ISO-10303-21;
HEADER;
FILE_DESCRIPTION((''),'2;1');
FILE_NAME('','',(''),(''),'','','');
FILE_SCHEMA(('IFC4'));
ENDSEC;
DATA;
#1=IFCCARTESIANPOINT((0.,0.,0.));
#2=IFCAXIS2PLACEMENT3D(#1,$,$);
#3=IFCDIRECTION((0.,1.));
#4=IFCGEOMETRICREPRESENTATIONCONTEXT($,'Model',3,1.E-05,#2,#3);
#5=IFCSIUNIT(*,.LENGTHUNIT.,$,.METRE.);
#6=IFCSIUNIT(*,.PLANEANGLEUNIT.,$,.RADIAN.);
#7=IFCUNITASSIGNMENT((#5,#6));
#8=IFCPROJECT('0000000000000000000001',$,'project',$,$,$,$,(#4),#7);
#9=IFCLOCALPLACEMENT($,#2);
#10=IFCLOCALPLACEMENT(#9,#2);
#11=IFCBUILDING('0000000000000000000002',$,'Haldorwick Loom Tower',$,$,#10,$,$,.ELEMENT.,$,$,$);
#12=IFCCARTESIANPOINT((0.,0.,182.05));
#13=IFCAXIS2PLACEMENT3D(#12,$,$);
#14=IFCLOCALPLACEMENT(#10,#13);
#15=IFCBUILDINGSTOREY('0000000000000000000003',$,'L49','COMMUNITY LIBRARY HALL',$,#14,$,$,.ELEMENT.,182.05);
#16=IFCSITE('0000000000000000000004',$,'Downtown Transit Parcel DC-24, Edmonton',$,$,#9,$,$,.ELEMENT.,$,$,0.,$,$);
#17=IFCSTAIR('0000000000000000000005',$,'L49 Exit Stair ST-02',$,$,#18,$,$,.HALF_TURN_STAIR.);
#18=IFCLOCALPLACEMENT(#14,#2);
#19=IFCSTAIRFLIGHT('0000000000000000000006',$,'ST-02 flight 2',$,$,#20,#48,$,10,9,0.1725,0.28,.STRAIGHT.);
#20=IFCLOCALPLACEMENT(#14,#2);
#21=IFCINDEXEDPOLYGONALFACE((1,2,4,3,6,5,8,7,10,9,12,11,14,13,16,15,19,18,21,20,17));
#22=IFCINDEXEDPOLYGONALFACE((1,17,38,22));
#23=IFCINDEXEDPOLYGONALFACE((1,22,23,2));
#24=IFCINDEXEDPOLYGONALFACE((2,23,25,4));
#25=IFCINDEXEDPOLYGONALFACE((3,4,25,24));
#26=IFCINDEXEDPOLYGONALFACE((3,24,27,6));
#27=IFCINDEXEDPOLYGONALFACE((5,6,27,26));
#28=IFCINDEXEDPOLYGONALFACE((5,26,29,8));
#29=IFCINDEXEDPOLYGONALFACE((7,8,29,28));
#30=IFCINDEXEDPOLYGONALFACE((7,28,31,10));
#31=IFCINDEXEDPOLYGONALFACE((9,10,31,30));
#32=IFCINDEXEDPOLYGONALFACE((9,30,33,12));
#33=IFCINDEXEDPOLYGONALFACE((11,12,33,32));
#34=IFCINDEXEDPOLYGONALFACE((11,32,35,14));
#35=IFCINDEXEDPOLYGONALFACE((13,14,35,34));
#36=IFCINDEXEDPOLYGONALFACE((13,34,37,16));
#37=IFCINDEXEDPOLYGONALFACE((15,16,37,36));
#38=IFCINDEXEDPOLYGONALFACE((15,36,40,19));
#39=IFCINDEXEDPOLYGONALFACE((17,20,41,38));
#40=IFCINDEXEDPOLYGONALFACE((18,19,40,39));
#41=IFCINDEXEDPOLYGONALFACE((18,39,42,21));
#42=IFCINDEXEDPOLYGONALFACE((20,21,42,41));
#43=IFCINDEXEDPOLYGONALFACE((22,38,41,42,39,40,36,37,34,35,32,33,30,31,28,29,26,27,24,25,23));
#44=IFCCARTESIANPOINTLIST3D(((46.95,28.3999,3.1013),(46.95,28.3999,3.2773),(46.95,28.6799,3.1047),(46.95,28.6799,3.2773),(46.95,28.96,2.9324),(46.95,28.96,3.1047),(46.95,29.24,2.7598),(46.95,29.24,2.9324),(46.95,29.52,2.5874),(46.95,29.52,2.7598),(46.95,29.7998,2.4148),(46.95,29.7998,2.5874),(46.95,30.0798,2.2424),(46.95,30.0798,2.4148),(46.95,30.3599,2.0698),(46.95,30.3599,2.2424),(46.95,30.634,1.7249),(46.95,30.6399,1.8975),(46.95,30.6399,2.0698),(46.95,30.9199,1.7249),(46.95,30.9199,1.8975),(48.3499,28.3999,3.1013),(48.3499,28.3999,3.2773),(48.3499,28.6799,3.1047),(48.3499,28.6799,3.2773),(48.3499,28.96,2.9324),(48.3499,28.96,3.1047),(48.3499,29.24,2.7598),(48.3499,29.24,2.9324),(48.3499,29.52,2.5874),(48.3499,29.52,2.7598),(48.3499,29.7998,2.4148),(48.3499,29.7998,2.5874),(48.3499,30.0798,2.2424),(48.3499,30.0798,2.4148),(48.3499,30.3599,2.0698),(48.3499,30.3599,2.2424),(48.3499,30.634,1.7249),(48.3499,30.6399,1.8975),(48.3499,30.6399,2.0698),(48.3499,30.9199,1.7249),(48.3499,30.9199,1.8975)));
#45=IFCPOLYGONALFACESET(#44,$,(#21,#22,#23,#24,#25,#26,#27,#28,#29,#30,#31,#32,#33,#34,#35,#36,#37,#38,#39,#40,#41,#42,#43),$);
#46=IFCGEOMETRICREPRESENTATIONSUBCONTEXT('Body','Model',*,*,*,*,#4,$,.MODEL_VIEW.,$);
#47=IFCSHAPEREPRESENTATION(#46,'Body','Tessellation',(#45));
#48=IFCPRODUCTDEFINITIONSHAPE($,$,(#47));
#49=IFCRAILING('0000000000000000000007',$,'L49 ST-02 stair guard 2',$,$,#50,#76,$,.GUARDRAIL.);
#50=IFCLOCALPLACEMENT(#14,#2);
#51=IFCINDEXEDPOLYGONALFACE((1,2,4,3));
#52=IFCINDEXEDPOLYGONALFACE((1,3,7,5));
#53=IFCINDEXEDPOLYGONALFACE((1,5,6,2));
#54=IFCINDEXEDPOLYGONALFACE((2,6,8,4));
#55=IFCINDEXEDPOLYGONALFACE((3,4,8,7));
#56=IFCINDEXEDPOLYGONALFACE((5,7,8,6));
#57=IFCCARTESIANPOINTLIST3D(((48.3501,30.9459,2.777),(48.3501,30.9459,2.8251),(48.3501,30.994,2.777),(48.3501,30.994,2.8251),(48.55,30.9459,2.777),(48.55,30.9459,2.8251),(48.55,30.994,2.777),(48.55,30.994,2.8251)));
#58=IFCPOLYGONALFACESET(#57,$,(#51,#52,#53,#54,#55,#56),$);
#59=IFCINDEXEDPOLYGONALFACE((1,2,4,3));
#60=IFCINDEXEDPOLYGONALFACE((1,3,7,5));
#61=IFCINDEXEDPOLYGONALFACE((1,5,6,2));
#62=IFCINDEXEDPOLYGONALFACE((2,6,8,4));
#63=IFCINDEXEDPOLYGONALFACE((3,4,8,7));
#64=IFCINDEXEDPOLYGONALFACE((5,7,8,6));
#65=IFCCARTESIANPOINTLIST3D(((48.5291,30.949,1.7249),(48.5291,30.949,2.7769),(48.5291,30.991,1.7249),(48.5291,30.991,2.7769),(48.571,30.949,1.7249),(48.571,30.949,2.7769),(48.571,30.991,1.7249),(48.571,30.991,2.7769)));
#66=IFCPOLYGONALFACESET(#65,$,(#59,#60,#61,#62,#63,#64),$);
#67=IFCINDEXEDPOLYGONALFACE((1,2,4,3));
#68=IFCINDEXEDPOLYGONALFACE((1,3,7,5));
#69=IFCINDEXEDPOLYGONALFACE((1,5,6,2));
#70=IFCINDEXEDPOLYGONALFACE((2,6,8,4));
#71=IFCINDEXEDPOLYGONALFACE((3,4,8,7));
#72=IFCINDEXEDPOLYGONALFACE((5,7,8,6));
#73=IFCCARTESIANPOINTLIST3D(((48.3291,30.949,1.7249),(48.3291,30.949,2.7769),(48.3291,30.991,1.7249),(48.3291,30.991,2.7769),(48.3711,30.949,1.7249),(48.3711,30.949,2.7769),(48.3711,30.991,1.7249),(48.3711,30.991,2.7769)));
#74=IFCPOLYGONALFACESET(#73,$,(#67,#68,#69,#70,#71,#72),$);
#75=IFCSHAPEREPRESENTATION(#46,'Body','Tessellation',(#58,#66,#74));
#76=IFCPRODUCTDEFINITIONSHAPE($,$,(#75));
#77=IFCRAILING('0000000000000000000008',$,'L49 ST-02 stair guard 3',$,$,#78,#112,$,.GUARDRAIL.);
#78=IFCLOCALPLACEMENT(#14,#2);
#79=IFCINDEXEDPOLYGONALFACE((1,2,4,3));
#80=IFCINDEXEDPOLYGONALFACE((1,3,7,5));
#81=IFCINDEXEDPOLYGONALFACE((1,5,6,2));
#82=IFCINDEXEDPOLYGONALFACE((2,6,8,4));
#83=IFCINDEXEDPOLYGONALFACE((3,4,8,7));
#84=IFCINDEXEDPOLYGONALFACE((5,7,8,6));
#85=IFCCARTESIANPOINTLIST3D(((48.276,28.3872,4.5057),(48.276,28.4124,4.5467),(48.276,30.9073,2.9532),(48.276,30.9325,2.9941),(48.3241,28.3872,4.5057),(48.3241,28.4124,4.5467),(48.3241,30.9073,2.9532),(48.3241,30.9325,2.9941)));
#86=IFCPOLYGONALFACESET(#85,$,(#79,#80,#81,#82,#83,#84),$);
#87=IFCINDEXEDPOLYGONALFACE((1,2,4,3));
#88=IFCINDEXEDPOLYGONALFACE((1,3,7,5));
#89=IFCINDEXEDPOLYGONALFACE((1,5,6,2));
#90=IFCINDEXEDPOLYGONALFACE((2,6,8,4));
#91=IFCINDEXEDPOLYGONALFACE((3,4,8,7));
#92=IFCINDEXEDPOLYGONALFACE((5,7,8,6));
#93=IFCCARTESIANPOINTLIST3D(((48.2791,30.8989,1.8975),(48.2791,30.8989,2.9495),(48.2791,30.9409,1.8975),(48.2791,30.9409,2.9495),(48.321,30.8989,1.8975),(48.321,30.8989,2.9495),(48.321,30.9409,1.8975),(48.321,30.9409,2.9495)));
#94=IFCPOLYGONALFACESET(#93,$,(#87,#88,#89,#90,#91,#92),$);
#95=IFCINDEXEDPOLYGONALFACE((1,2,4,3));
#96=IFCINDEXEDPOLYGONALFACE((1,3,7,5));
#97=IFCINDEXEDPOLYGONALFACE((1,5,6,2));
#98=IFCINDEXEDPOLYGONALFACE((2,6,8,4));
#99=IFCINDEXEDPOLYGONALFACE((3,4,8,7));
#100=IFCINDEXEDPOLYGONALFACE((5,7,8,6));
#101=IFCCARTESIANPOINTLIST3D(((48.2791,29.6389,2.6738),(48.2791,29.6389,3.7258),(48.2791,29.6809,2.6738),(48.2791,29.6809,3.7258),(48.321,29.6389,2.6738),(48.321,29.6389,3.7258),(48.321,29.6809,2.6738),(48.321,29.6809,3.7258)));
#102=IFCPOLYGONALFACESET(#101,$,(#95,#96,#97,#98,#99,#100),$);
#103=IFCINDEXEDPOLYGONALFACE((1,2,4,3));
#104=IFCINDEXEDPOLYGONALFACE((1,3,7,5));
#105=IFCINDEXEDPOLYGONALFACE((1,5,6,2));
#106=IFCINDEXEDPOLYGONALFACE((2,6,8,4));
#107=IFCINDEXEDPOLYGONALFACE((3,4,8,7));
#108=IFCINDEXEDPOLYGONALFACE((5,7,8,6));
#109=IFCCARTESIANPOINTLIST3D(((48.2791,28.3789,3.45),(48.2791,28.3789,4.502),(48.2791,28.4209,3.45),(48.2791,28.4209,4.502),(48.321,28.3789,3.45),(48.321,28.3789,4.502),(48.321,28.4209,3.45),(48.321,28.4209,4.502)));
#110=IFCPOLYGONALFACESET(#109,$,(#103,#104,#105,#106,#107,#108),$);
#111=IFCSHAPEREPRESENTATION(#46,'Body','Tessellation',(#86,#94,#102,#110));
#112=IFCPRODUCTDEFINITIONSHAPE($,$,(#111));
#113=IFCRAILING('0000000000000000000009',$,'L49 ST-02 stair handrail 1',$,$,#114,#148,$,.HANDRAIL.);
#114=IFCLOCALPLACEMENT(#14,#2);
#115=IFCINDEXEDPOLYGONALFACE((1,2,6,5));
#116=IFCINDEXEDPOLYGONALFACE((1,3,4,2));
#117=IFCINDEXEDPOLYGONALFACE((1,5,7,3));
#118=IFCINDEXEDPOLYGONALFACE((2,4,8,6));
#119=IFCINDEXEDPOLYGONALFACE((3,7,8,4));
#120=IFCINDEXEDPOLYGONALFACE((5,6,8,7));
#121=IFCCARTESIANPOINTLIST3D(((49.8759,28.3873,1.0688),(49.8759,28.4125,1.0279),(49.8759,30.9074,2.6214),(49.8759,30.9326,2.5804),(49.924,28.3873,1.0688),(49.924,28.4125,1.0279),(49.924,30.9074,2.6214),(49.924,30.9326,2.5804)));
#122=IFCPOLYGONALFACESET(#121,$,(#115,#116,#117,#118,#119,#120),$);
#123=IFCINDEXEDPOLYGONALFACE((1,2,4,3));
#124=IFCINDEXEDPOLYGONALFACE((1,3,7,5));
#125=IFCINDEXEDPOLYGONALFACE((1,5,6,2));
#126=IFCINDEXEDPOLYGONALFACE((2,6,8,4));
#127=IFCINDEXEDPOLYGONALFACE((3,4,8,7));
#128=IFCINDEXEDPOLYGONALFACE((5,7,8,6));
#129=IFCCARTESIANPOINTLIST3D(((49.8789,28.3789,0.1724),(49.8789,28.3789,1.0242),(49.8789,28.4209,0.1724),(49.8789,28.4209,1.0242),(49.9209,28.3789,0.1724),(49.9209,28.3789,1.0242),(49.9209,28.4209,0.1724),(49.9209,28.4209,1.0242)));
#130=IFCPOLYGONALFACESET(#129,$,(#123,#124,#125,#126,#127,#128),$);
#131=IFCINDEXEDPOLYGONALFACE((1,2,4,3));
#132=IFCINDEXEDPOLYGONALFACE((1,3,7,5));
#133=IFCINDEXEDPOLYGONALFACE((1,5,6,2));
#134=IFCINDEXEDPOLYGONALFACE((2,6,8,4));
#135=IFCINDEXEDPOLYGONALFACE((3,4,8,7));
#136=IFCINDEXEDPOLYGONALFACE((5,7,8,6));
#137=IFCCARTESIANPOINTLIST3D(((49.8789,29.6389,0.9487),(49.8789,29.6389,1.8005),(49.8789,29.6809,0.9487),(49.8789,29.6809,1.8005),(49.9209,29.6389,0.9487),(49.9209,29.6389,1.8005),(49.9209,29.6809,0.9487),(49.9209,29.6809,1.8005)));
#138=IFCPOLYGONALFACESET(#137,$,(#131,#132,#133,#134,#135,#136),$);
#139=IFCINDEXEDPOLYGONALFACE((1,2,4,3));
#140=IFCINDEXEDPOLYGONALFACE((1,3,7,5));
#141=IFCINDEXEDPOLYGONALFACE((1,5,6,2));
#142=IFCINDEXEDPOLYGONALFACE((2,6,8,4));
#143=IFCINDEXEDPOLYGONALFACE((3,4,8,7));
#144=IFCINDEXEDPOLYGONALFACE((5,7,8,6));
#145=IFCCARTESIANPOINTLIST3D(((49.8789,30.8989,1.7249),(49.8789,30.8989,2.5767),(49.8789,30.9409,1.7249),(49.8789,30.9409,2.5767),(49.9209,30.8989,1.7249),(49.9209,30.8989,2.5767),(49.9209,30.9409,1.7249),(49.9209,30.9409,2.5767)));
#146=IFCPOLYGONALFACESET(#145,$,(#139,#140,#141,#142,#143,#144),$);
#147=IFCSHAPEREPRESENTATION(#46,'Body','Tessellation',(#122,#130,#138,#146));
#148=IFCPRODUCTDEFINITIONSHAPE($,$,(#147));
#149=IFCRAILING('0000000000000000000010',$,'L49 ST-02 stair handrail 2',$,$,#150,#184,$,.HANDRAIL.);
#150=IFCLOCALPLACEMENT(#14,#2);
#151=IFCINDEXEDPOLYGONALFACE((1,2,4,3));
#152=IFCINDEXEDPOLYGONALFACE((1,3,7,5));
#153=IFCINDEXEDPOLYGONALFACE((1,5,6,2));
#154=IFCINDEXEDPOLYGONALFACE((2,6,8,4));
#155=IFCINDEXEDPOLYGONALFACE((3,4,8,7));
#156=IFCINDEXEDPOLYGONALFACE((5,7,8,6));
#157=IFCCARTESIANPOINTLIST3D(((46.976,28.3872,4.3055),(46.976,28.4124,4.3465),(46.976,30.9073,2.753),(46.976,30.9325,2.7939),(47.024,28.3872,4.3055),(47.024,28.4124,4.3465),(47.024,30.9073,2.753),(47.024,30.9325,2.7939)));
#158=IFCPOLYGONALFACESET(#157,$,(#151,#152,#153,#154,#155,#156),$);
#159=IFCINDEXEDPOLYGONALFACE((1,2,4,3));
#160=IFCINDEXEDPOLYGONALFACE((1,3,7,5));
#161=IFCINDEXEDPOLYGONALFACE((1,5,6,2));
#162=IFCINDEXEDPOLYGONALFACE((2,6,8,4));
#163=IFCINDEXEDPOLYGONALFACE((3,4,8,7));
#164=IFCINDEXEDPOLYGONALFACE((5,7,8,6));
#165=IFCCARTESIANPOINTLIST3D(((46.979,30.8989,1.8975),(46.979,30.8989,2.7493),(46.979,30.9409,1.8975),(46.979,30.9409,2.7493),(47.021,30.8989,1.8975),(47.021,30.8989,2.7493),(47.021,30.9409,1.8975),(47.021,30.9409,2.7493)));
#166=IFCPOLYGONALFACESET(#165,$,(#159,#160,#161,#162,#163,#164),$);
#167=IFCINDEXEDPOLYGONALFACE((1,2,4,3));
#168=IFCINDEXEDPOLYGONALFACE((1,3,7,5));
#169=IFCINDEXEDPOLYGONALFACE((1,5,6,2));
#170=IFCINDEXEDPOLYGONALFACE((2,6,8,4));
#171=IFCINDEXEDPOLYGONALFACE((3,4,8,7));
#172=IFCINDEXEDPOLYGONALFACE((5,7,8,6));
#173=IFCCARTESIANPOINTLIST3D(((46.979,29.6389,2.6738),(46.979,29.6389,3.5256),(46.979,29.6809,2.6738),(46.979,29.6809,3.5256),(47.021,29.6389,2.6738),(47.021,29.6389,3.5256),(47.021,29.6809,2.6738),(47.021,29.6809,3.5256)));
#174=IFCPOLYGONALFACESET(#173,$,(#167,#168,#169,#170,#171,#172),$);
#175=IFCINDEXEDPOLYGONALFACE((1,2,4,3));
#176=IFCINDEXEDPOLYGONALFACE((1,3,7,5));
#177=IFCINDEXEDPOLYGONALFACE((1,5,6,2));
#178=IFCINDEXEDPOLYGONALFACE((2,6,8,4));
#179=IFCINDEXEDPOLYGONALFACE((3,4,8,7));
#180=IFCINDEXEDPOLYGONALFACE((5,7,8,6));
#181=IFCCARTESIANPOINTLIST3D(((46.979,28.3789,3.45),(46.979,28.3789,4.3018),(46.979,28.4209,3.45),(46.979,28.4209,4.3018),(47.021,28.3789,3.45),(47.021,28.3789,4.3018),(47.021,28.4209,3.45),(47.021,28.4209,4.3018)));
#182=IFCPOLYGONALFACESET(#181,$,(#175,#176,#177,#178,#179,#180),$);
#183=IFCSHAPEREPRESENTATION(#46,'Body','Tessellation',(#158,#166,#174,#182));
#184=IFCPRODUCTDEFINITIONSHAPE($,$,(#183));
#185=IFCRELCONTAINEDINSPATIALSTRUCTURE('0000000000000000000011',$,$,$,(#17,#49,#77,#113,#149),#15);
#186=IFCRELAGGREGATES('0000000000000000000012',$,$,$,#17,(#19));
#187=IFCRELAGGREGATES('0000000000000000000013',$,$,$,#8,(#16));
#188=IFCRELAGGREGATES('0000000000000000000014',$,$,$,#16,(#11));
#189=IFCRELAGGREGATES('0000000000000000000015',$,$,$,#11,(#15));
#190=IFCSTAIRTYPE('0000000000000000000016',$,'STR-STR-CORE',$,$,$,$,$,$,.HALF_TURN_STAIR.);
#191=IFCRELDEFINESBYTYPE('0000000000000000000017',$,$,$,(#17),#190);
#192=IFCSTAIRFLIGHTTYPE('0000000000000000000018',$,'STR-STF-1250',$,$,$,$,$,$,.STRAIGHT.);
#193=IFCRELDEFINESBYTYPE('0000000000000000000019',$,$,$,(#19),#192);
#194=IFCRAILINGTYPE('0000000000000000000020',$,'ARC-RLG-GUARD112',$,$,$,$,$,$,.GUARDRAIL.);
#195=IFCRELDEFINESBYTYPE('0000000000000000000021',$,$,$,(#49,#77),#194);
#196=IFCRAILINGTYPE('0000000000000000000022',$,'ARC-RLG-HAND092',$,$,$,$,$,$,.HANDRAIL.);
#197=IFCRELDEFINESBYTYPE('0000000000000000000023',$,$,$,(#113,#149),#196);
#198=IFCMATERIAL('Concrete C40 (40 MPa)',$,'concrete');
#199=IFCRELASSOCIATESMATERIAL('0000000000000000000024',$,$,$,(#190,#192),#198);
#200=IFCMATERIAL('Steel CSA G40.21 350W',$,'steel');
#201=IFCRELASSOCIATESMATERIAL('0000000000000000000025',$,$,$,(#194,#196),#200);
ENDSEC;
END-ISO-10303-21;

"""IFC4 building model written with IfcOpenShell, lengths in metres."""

from ifc_helpers import new_model, si_unit, direction, frame, origin, origin_2d, place, context, subcontext, project, spatial, polyline, rectangle, outline, extrude, material, type_object, element, aggregate, save


model = new_model("IFC4")

# Units and contexts
model_context = context("Model", 3, precision=1e-05, world=origin(), true_north=direction((0.0, 1.0)))
body_context = subcontext(model_context, "Body", "Model", "MODEL_VIEW")
ifc_project = project(units=[si_unit("LENGTHUNIT", "METRE"), si_unit("PLANEANGLEUNIT", "RADIAN")], contexts=[model_context])

# Site, building, storey
site_placement = place(None, origin())
site = spatial("IfcSite", under=ifc_project, at=site_placement, Name="Downtown Transit Parcel DC-24, Edmonton", CompositionType="ELEMENT", RefElevation=0.0)
building_placement = place(site_placement, origin())
building = spatial("IfcBuilding", under=site, at=building_placement, Name="Haldorwick Loom Tower", CompositionType="ELEMENT")
storey_placement = place(building_placement, frame((0.0, 0.0, 182.05)))
storey = spatial("IfcBuildingStorey", under=building, at=storey_placement, Name="L49", Description="COMMUNITY LIBRARY HALL", CompositionType="ELEMENT", Elevation=182.05)

# Shared definitions
ifc_material_1 = material(Name="Steel CSA G40.21 350W", Category="steel")

# Stair, stair flight
ifc_material_2 = material(Name="Concrete C40 (40 MPa)", Category="concrete")
stair_type = type_object("IfcStairType", Name="STR-STR-CORE", PredefinedType="HALF_TURN_STAIR", material=ifc_material_2)
stair_placement = place(storey_placement, origin())
stair = element("IfcStair", 1, at=stair_placement, inside=storey, type_object=stair_type, Name="L49 Exit Stair ST-02", PredefinedType="HALF_TURN_STAIR")
stair_flight_type = type_object("IfcStairFlightType", Name="STR-STF-1250", PredefinedType="STRAIGHT", material=ifc_material_2)
stair_flight_placement = place(storey_placement, frame((47.6499, 30.9199, 1.7249), z_axis=(0.0, 0.0, 1.0), x_axis=(0.0, -1.0, 0.0)))
stair_flight = element("IfcStairFlight", 2, at=stair_flight_placement, type_object=stair_flight_type, Name="ST-02 flight 2", NumberOfRisers=10, NumberOfTreads=9, PredefinedType="STRAIGHT", RiserHeight=0.1725, TreadLength=0.28, context=body_context, shape_type="SweptSolid", body=[
    extrude(outline(polyline([(0.0, 0.0), (0.0, 0.1726), (0.28, 0.1726), (0.28, 0.345), (0.5601, 0.345), (0.5601, 0.5176), (0.8401, 0.5176), (0.8401, 0.6899), (1.1201, 0.6899), (1.1201, 0.8625), (1.3999, 0.8625), (1.3999, 1.0349), (1.6799, 1.0349), (1.6799, 1.2075), (1.96, 1.2075), (1.96, 1.3799), (2.24, 1.3799), (2.24, 1.5525), (2.52, 1.5525), (2.52, 1.7251), (2.52, 1.3765), (0.2859, 0.0), (0.0, 0.0)])), frame((0.0, 0.7, 0.0), z_axis=(0.0, -1.0, 0.0), x_axis=(1.0, 0.0, 0.0)), (0.0, 0.0, 1.0), 1.3999),
])
aggregate(stair, [stair_flight])

# Railings
railing_type_1 = type_object("IfcRailingType", Name="ARC-RLG-GUARD112", PredefinedType="GUARDRAIL", material=ifc_material_1)
railing_1_placement = place(storey_placement, frame((48.55, 30.97, 1.7249)))
element("IfcRailing", 3, at=railing_1_placement, inside=storey, type_object=railing_type_1, Name="L49 ST-02 stair guard 2", PredefinedType="GUARDRAIL", context=body_context, shape_type="SweptSolid", body=[
    extrude(rectangle(XDim=0.0481, YDim=0.0481, at=origin_2d()), frame((0.0, 0.0, 1.0762), z_axis=(-1.0, 0.0, 0.0), x_axis=(0.0, -1.0, 0.0)), (0.0, 0.0, 1.0), 0.2),
    extrude(rectangle(XDim=0.042, YDim=0.042, at=origin_2d()), origin(), (0.0, 0.0, 1.0), 1.052),
    extrude(rectangle(XDim=0.042, YDim=0.042, at=origin_2d()), frame((-0.2, 0.0, 0.0)), (0.0, 0.0, 1.0), 1.052),
])
railing_2_placement = place(storey_placement, frame((48.3, 30.9199, 1.8975)))
element("IfcRailing", 4, at=railing_2_placement, inside=storey, type_object=railing_type_1, Name="L49 ST-02 stair guard 3", PredefinedType="GUARDRAIL", context=body_context, shape_type="SweptSolid", body=[
    extrude(rectangle(XDim=0.0481, YDim=0.0481, at=origin_2d()), frame((0.0, 0.0, 1.0762), z_axis=(0.0, -0.8514, 0.524516), x_axis=(1.0, 0.0, 0.0)), (0.0, 0.0, 1.0), 2.96),
    extrude(rectangle(XDim=0.042, YDim=0.042, at=origin_2d()), origin(), (0.0, 0.0, 1.0), 1.052),
    extrude(rectangle(XDim=0.042, YDim=0.042, at=origin_2d()), frame((0.0, -1.26, 0.7764)), (0.0, 0.0, 1.0), 1.052),
    extrude(rectangle(XDim=0.042, YDim=0.042, at=origin_2d()), frame((0.0, -2.52, 1.5525)), (0.0, 0.0, 1.0), 1.052),
])
railing_type_2 = type_object("IfcRailingType", Name="ARC-RLG-HAND092", PredefinedType="HANDRAIL", material=ifc_material_1)
railing_3_placement = place(storey_placement, frame((49.8999, 28.3999, 0.1724)))
element("IfcRailing", 5, at=railing_3_placement, inside=storey, type_object=railing_type_2, Name="L49 ST-02 stair handrail 1", PredefinedType="HANDRAIL", context=body_context, shape_type="SweptSolid", body=[
    extrude(rectangle(XDim=0.0481, YDim=0.0481, at=origin_2d()), frame((0.0, 0.0, 0.876), z_axis=(0.0, 0.8514, 0.524516), x_axis=(-1.0, 0.0, 0.0)), (0.0, 0.0, 1.0), 2.96),
    extrude(rectangle(XDim=0.042, YDim=0.042, at=origin_2d()), origin(), (0.0, 0.0, 1.0), 0.8518),
    extrude(rectangle(XDim=0.042, YDim=0.042, at=origin_2d()), frame((0.0, 1.26, 0.7764)), (0.0, 0.0, 1.0), 0.8518),
    extrude(rectangle(XDim=0.042, YDim=0.042, at=origin_2d()), frame((0.0, 2.52, 1.5525)), (0.0, 0.0, 1.0), 0.8518),
])
railing_4_placement = place(storey_placement, frame((47.0, 30.9199, 1.8975)))
element("IfcRailing", 6, at=railing_4_placement, inside=storey, type_object=railing_type_2, Name="L49 ST-02 stair handrail 2", PredefinedType="HANDRAIL", context=body_context, shape_type="SweptSolid", body=[
    extrude(rectangle(XDim=0.0481, YDim=0.0481, at=origin_2d()), frame((0.0, 0.0, 0.876), z_axis=(0.0, -0.8514, 0.524516), x_axis=(1.0, 0.0, 0.0)), (0.0, 0.0, 1.0), 2.96),
    extrude(rectangle(XDim=0.042, YDim=0.042, at=origin_2d()), origin(), (0.0, 0.0, 1.0), 0.8518),
    extrude(rectangle(XDim=0.042, YDim=0.042, at=origin_2d()), frame((0.0, -1.26, 0.7764)), (0.0, 0.0, 1.0), 0.8518),
    extrude(rectangle(XDim=0.042, YDim=0.042, at=origin_2d()), frame((0.0, -2.52, 1.5525)), (0.0, 0.0, 1.0), 0.8518),
])

save(model, "model.ifc")
